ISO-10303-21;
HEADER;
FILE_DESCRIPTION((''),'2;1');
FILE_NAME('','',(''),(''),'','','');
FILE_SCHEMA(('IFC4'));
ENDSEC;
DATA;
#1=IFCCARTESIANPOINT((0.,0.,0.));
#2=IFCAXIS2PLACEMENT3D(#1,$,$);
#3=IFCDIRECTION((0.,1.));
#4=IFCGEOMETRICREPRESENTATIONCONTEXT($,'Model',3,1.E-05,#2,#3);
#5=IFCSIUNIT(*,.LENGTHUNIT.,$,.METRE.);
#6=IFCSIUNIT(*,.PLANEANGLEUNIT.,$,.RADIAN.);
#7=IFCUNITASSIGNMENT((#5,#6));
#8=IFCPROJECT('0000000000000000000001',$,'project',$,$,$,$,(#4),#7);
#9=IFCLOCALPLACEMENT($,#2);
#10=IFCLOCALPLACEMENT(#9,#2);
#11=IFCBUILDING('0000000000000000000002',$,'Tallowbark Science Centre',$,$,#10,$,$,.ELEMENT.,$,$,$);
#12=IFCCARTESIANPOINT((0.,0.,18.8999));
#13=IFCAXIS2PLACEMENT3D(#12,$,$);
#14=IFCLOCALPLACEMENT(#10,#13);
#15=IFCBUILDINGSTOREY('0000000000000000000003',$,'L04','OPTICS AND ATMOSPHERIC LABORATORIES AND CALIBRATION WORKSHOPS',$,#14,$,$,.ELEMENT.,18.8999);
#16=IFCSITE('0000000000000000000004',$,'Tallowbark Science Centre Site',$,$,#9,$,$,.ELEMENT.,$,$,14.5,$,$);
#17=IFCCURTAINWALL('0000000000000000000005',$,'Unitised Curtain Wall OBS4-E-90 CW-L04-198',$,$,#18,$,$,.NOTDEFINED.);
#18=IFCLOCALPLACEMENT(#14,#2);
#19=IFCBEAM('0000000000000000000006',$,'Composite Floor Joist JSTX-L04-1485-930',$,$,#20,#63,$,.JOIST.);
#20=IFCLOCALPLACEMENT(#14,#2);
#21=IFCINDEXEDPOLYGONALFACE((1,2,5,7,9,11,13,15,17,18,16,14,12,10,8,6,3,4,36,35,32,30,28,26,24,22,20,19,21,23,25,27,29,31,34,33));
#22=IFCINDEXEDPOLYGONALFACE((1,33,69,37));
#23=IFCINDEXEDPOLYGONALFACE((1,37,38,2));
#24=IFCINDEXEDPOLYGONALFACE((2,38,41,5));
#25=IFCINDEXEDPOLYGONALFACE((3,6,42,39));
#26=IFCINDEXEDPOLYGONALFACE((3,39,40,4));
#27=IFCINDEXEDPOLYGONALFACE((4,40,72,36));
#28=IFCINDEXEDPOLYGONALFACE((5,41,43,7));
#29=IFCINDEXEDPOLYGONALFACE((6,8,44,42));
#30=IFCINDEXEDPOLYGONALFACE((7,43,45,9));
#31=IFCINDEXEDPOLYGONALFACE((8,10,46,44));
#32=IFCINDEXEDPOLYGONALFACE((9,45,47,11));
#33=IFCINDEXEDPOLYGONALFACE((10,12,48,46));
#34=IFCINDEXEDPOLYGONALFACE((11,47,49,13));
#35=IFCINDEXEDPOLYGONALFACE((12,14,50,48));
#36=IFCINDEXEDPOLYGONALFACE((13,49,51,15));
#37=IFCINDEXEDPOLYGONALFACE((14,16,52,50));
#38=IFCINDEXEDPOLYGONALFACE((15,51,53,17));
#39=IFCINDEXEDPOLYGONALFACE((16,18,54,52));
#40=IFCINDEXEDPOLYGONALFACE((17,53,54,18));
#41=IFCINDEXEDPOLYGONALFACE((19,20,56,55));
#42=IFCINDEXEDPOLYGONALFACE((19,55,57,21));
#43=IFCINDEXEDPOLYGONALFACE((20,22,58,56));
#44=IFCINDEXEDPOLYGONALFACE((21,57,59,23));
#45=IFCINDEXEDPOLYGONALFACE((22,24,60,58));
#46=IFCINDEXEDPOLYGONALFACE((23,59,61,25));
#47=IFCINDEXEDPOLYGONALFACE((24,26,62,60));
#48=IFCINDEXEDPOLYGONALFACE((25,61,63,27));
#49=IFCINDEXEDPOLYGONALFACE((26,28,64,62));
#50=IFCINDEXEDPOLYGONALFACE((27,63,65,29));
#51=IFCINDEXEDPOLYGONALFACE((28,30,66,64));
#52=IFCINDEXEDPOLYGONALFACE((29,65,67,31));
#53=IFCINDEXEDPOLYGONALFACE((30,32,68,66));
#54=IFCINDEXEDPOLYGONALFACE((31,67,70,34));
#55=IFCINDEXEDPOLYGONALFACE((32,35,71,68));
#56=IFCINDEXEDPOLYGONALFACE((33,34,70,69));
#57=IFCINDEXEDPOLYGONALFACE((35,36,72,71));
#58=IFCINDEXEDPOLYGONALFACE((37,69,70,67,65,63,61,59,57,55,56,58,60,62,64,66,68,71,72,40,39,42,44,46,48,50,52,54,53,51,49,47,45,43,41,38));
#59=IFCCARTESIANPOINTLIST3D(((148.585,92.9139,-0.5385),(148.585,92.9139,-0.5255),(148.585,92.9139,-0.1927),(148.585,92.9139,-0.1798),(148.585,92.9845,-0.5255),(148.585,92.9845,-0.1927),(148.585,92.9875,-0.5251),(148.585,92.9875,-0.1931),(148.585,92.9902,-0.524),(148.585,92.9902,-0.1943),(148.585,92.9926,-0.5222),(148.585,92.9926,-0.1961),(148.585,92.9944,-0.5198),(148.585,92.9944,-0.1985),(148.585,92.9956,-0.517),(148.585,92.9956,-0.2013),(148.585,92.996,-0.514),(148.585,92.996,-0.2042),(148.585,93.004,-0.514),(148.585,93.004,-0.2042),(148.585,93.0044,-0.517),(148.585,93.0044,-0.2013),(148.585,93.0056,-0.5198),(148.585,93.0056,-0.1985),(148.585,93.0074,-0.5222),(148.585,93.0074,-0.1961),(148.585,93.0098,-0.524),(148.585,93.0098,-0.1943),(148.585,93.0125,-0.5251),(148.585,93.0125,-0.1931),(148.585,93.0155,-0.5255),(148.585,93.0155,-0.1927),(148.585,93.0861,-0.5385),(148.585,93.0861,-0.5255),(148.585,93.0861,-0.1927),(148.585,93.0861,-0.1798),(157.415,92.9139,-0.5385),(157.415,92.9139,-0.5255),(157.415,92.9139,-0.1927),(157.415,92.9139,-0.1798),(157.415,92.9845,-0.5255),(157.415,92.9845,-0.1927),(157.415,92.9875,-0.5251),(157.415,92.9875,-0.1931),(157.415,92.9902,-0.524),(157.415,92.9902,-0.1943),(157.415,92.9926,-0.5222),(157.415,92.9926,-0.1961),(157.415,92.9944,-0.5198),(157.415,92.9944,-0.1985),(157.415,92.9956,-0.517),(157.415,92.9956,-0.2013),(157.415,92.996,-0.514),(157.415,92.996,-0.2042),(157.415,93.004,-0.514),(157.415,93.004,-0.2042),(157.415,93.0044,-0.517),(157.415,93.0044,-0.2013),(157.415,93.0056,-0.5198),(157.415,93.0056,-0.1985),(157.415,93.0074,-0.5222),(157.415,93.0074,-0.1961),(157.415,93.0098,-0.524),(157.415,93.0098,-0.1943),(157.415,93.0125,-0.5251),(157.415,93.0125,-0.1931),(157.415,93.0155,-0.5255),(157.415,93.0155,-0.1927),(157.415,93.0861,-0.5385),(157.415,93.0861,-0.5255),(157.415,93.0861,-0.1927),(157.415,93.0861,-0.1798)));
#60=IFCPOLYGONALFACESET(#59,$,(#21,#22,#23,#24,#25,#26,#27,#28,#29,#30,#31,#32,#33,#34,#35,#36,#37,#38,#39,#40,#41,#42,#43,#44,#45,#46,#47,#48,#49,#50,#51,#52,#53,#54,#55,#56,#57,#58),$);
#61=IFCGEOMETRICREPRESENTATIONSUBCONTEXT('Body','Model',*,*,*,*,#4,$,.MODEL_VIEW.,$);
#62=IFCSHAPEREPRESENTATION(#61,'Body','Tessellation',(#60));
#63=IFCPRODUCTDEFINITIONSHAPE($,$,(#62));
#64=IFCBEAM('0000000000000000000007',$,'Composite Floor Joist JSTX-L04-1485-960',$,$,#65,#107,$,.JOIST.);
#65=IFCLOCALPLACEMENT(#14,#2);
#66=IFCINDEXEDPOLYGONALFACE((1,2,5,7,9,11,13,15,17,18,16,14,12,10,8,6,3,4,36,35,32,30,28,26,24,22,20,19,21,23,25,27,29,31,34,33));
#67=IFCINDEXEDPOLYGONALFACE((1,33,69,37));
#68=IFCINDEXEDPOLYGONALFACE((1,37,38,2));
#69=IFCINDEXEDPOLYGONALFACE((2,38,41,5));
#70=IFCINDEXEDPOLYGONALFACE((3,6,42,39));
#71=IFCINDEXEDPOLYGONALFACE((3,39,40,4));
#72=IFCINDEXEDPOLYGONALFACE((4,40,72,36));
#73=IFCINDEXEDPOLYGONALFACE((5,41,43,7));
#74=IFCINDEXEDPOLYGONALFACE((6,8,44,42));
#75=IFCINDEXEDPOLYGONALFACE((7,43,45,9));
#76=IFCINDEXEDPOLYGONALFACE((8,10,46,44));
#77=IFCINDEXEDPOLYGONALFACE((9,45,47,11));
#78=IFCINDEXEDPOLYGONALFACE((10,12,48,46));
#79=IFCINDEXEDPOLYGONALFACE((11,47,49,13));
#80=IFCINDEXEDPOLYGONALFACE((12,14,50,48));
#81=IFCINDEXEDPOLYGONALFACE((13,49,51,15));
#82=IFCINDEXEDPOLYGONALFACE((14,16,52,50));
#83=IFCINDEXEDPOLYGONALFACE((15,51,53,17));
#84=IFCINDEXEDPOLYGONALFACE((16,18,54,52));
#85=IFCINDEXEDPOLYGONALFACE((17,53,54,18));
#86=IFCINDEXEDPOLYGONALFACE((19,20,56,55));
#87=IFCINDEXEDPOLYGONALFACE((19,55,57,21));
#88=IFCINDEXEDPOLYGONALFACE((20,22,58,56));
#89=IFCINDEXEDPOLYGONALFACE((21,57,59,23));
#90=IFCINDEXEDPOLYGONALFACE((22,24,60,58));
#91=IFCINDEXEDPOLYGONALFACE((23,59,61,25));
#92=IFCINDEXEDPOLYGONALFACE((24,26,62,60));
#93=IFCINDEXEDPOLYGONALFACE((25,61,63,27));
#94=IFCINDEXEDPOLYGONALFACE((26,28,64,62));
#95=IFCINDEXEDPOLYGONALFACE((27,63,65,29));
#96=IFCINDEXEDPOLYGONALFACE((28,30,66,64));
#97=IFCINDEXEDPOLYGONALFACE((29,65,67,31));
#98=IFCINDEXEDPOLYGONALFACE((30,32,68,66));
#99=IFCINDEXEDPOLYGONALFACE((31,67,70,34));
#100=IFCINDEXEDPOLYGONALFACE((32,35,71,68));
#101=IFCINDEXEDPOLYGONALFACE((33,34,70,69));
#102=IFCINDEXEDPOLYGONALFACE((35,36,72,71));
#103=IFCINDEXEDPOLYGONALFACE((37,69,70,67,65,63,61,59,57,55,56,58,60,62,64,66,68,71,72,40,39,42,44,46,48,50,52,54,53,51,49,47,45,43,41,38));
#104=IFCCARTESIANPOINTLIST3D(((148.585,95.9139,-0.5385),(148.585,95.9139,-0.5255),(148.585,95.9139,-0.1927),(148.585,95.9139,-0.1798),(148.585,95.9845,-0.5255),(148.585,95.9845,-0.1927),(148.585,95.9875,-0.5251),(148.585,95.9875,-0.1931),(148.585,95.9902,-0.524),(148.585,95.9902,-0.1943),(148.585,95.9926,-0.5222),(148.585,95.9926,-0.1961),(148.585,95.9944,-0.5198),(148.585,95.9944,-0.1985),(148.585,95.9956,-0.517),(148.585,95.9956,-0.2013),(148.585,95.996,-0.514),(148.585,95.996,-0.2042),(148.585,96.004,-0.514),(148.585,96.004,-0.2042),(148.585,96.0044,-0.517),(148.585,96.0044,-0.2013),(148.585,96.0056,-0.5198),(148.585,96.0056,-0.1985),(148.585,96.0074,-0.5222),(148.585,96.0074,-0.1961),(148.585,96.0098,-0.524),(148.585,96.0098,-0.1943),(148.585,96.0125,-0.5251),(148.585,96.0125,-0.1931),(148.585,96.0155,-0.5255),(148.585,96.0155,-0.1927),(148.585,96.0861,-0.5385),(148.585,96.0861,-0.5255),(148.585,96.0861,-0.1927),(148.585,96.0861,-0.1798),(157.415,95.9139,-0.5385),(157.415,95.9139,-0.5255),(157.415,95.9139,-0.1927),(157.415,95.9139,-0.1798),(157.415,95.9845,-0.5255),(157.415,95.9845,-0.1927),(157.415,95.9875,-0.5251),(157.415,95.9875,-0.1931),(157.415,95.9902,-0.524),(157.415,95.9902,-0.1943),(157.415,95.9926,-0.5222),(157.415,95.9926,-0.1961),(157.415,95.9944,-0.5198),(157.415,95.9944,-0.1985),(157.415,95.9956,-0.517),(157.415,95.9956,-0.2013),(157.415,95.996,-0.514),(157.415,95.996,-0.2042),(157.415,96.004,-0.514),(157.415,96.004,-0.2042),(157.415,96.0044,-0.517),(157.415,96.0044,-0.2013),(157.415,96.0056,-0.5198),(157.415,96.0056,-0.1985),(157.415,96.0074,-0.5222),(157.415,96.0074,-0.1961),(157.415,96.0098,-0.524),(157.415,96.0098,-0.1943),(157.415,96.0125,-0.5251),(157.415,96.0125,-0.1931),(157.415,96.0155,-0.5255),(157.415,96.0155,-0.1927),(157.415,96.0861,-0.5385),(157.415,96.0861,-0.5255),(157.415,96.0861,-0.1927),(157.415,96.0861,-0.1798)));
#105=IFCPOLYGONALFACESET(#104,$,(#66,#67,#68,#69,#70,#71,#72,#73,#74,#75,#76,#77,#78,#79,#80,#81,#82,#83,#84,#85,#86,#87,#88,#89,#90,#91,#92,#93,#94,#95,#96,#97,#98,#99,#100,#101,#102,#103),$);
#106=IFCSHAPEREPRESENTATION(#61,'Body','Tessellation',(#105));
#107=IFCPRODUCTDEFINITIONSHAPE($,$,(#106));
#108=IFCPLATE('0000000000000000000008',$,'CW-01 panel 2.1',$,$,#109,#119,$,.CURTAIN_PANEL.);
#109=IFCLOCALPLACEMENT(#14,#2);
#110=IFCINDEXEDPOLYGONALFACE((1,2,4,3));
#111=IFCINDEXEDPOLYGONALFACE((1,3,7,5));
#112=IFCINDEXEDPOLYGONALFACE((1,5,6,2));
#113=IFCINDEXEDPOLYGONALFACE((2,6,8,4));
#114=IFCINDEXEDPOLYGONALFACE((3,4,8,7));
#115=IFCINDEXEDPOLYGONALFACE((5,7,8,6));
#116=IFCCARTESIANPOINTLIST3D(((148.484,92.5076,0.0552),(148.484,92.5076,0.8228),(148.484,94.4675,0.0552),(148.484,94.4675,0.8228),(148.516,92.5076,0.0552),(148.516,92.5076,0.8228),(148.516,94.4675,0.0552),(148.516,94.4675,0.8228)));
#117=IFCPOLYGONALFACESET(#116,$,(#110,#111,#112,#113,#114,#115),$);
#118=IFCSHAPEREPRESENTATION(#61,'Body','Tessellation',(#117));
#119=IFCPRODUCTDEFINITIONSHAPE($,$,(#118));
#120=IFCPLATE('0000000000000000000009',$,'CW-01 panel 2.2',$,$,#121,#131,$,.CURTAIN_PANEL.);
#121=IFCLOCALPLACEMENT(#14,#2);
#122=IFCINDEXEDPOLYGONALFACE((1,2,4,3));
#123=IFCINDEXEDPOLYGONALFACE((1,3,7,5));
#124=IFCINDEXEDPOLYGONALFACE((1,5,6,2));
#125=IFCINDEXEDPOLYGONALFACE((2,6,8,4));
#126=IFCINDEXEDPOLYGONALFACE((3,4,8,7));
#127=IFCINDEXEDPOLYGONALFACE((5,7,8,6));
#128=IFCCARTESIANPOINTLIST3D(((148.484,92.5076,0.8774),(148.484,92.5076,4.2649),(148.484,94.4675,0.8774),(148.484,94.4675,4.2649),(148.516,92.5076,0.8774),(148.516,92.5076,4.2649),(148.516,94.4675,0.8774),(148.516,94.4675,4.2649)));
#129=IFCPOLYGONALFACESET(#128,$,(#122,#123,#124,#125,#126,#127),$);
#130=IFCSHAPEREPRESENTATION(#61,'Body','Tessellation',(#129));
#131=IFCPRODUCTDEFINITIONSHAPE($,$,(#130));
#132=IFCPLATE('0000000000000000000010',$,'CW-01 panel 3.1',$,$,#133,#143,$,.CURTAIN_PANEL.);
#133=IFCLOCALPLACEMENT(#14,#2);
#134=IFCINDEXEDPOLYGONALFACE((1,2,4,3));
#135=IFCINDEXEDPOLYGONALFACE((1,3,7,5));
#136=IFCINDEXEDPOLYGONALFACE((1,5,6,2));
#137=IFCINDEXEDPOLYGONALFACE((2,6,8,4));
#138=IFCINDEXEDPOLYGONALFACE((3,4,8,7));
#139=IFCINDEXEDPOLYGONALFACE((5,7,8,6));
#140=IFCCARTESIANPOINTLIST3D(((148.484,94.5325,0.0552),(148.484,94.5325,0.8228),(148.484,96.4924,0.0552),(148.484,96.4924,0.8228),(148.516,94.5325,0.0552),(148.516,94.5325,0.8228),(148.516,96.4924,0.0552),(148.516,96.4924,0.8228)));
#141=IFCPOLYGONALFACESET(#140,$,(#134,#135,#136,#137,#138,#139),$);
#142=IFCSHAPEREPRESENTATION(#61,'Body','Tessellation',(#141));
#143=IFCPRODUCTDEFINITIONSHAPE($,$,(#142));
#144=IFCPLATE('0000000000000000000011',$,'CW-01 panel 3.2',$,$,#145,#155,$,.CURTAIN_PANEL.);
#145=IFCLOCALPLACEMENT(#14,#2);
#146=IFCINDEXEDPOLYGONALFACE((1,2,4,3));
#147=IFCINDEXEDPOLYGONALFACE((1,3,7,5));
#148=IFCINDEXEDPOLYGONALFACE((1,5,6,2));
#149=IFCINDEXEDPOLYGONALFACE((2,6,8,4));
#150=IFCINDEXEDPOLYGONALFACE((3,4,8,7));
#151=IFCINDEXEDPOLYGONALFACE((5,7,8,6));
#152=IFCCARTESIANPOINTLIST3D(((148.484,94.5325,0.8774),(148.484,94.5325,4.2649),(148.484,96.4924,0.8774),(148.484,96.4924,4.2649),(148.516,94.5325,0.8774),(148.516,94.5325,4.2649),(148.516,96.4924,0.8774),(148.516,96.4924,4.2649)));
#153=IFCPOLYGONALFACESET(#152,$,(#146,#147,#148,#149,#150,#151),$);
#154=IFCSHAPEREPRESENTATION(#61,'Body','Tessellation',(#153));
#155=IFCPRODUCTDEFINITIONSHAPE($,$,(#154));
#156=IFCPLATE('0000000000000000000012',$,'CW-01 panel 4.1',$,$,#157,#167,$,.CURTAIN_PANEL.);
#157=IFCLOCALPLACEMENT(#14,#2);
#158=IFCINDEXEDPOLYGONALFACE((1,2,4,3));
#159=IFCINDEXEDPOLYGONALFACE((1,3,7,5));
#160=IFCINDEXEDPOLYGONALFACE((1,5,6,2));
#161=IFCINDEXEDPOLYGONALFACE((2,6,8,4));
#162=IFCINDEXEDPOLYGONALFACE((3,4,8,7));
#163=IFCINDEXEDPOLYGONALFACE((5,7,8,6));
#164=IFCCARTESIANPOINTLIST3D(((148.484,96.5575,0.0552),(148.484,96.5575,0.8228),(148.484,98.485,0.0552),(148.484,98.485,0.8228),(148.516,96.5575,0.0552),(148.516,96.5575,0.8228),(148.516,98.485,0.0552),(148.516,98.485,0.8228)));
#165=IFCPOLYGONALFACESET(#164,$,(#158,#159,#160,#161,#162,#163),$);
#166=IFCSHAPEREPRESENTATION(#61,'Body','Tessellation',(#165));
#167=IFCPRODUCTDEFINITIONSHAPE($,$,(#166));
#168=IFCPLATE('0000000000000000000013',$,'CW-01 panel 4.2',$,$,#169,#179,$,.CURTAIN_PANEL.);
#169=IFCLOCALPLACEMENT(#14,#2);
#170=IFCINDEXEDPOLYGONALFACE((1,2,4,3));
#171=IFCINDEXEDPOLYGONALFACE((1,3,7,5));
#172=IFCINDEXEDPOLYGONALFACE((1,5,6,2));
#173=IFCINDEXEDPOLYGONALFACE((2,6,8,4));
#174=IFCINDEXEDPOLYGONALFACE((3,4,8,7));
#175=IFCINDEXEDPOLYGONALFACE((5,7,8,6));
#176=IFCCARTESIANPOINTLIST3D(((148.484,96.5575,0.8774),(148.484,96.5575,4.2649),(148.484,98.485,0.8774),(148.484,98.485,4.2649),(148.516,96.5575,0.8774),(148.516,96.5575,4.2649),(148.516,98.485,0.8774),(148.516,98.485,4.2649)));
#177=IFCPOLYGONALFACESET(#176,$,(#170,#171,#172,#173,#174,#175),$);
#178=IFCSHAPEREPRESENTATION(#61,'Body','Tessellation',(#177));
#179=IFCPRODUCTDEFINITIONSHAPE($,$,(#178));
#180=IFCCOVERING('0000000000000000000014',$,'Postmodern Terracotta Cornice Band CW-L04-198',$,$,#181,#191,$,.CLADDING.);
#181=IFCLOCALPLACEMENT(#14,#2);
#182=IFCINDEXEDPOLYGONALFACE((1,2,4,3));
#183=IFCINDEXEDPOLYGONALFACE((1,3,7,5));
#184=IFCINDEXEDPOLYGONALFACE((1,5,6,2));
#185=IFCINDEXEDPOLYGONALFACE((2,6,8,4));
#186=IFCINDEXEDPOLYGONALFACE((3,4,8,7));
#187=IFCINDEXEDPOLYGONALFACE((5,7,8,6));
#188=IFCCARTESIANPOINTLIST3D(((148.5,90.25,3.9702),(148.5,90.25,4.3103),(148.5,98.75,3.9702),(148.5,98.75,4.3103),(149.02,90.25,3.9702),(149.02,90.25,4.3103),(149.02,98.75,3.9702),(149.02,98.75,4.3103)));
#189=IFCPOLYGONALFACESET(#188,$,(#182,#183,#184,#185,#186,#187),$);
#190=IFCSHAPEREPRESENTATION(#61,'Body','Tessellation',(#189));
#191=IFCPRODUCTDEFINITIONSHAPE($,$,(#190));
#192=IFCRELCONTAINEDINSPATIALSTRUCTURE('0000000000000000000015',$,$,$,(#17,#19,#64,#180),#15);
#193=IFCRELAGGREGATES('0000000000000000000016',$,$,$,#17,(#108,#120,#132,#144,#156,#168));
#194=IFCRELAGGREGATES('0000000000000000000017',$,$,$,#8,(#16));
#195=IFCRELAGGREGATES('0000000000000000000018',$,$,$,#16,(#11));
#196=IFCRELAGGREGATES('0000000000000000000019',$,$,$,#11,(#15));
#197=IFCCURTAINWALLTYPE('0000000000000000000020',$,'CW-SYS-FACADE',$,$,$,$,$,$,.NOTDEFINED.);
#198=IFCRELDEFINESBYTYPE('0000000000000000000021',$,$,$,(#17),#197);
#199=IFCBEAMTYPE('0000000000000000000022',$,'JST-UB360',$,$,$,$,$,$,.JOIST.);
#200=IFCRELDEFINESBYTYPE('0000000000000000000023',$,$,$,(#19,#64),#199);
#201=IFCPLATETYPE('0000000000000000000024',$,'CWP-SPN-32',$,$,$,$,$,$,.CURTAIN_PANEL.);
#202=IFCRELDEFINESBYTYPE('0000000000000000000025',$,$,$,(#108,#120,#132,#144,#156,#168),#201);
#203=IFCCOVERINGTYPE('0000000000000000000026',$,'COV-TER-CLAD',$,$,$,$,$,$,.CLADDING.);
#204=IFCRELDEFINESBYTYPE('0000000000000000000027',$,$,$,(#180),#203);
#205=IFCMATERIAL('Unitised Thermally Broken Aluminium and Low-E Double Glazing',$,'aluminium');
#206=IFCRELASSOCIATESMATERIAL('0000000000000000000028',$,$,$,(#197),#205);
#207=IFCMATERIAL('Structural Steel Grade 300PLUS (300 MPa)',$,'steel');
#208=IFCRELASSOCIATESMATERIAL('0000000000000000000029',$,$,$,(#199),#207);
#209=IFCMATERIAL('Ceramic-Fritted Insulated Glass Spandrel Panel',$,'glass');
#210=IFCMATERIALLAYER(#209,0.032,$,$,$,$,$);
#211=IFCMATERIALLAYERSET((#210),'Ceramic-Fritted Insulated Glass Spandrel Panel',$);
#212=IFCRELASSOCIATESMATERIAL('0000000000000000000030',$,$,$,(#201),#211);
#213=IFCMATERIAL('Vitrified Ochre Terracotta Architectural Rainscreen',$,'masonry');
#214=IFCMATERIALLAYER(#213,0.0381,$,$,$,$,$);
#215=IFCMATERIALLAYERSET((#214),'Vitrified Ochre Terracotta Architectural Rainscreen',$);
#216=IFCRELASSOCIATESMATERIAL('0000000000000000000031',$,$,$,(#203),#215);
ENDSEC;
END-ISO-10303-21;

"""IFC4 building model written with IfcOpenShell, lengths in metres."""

from ifc_helpers import new_model, si_unit, direction, frame, origin, origin_2d, place, context, subcontext, project, spatial, rectangle, i_section, extrude, material, layer, layer_set, material_profile, profile_set, type_object, element, aggregate, save


model = new_model("IFC4")

# Units and contexts
model_context = context("Model", 3, precision=1e-05, world=origin(), true_north=direction((0.0, 1.0)))
body_context = subcontext(model_context, "Body", "Model", "MODEL_VIEW")
ifc_project = project(units=[si_unit("LENGTHUNIT", "METRE"), si_unit("PLANEANGLEUNIT", "RADIAN")], contexts=[model_context])

# Site, building, storey
site_placement = place(None, origin())
site = spatial("IfcSite", under=ifc_project, at=site_placement, Name="Tallowbark Science Centre Site", CompositionType="ELEMENT", RefElevation=14.5)
building_placement = place(site_placement, origin())
building = spatial("IfcBuilding", under=site, at=building_placement, Name="Tallowbark Science Centre", CompositionType="ELEMENT")
storey_placement = place(building_placement, frame((0.0, 0.0, 18.8999)))
storey = spatial("IfcBuildingStorey", under=building, at=storey_placement, Name="L04", Description="OPTICS AND ATMOSPHERIC LABORATORIES AND CALIBRATION WORKSHOPS", CompositionType="ELEMENT", Elevation=18.8999)

# Curtain wall
ifc_material_1 = material(Name="Unitised Thermally Broken Aluminium and Low-E Double Glazing", Category="aluminium")
curtain_wall_type = type_object("IfcCurtainWallType", Name="CW-SYS-FACADE", PredefinedType="NOTDEFINED", material=ifc_material_1)
curtain_wall_placement = place(storey_placement, origin())
curtain_wall = element("IfcCurtainWall", 1, at=curtain_wall_placement, inside=storey, type_object=curtain_wall_type, Name="Unitised Curtain Wall OBS4-E-90 CW-L04-198", PredefinedType="NOTDEFINED")

# Beams
ifc_material_2 = material(Name="Structural Steel Grade 300PLUS (300 MPa)", Category="steel")
ifc_material_profile_1 = material_profile(ifc_material_2, i_section(OverallWidth=0.1721, OverallDepth=0.3586, WebThickness=0.0081, FlangeThickness=0.0129, FilletRadius=0.0115, at=origin_2d()), Name="360UB56.7")
ifc_profile_set_1 = profile_set([ifc_material_profile_1], Name="Structural Steel Grade 300PLUS (300 MPa)")
beam_type = type_object("IfcBeamType", Name="JST-UB360", PredefinedType="JOIST", material=ifc_profile_set_1)
for number, where, z_axis, x_axis, name in (
    (2, (148.585, 93.0, -0.3591), (1.0, 0.0, 0.0), (0.0, 1.0, 0.0), "Composite Floor Joist JSTX-L04-1485-930"),
    (3, (148.585, 96.0, -0.3591), (1.0, 0.0, 0.0), (0.0, 1.0, 0.0), "Composite Floor Joist JSTX-L04-1485-960"),
):
    element("IfcBeam", number, at=place(storey_placement, frame(where, z_axis=z_axis, x_axis=x_axis)), inside=storey, type_object=beam_type, Name=name, PredefinedType="JOIST", context=body_context, shape_type="SweptSolid", body=[
        extrude(i_section(OverallWidth=0.1721, OverallDepth=0.3586, WebThickness=0.0081, FlangeThickness=0.0129, FilletRadius=0.0115, at=origin_2d()), origin(), (0.0, 0.0, 1.0), 8.8301),
    ])

# Plates
ifc_material_3 = material(Name="Ceramic-Fritted Insulated Glass Spandrel Panel", Category="glass")
ifc_layer_1 = layer(ifc_material_3, 0.032)
ifc_layer_set_1 = layer_set([ifc_layer_1], Name="Ceramic-Fritted Insulated Glass Spandrel Panel")
plate_type = type_object("IfcPlateType", Name="CWP-SPN-32", PredefinedType="CURTAIN_PANEL", material=ifc_layer_set_1)
plate_1_placement = place(storey_placement, frame((148.5, 93.4875, 0.0552), z_axis=(0.0, 0.0, 1.0), x_axis=(0.0, 1.0, 0.0)))
plate_1 = element("IfcPlate", 4, at=plate_1_placement, type_object=plate_type, Name="CW-01 panel 2.1", PredefinedType="CURTAIN_PANEL", context=body_context, shape_type="SweptSolid", body=[
    extrude(rectangle(XDim=1.96, YDim=0.032, at=origin_2d()), origin(), (0.0, 0.0, 1.0), 0.7676),
])
plate_2_placement = place(storey_placement, frame((148.5, 93.4875, 0.8774), z_axis=(0.0, 0.0, 1.0), x_axis=(0.0, 1.0, 0.0)))
plate_2 = element("IfcPlate", 5, at=plate_2_placement, type_object=plate_type, Name="CW-01 panel 2.2", PredefinedType="CURTAIN_PANEL", context=body_context, shape_type="SweptSolid", body=[
    extrude(rectangle(XDim=1.96, YDim=0.032, at=origin_2d()), origin(), (0.0, 0.0, 1.0), 3.3875),
])
plate_3_placement = place(storey_placement, frame((148.5, 95.5125, 0.0552), z_axis=(0.0, 0.0, 1.0), x_axis=(0.0, 1.0, 0.0)))
plate_3 = element("IfcPlate", 6, at=plate_3_placement, type_object=plate_type, Name="CW-01 panel 3.1", PredefinedType="CURTAIN_PANEL", context=body_context, shape_type="SweptSolid", body=[
    extrude(rectangle(XDim=1.96, YDim=0.032, at=origin_2d()), origin(), (0.0, 0.0, 1.0), 0.7676),
])
plate_4_placement = place(storey_placement, frame((148.5, 95.5125, 0.8774), z_axis=(0.0, 0.0, 1.0), x_axis=(0.0, 1.0, 0.0)))
plate_4 = element("IfcPlate", 7, at=plate_4_placement, type_object=plate_type, Name="CW-01 panel 3.2", PredefinedType="CURTAIN_PANEL", context=body_context, shape_type="SweptSolid", body=[
    extrude(rectangle(XDim=1.96, YDim=0.032, at=origin_2d()), origin(), (0.0, 0.0, 1.0), 3.3875),
])
plate_5_placement = place(storey_placement, frame((148.5, 97.5212, 0.0552), z_axis=(0.0, 0.0, 1.0), x_axis=(0.0, 1.0, 0.0)))
plate_5 = element("IfcPlate", 8, at=plate_5_placement, type_object=plate_type, Name="CW-01 panel 4.1", PredefinedType="CURTAIN_PANEL", context=body_context, shape_type="SweptSolid", body=[
    extrude(rectangle(XDim=1.9275, YDim=0.032, at=origin_2d()), origin(), (0.0, 0.0, 1.0), 0.7676),
])
plate_6_placement = place(storey_placement, frame((148.5, 97.5212, 0.8774), z_axis=(0.0, 0.0, 1.0), x_axis=(0.0, 1.0, 0.0)))
plate_6 = element("IfcPlate", 9, at=plate_6_placement, type_object=plate_type, Name="CW-01 panel 4.2", PredefinedType="CURTAIN_PANEL", context=body_context, shape_type="SweptSolid", body=[
    extrude(rectangle(XDim=1.9275, YDim=0.032, at=origin_2d()), origin(), (0.0, 0.0, 1.0), 3.3875),
])
aggregate(curtain_wall, [plate_1, plate_2, plate_3, plate_4, plate_5, plate_6])

# Covering
ifc_material_4 = material(Name="Vitrified Ochre Terracotta Architectural Rainscreen", Category="masonry")
ifc_layer_2 = layer(ifc_material_4, 0.0381)
ifc_layer_set_2 = layer_set([ifc_layer_2], Name="Vitrified Ochre Terracotta Architectural Rainscreen")
covering_type = type_object("IfcCoveringType", Name="COV-TER-CLAD", PredefinedType="CLADDING", material=ifc_layer_set_2)
covering_placement = place(storey_placement, frame((148.76, 94.5, 3.9702), z_axis=(0.0, 0.0, 1.0), x_axis=(0.0, 1.0, 0.0)))
element("IfcCovering", 10, at=covering_placement, inside=storey, type_object=covering_type, Name="Postmodern Terracotta Cornice Band CW-L04-198", PredefinedType="CLADDING", context=body_context, shape_type="SweptSolid", body=[
    extrude(rectangle(XDim=8.5, YDim=0.52, at=origin_2d()), origin(), (0.0, 0.0, 1.0), 0.3401),
])

save(model, "model.ifc")
